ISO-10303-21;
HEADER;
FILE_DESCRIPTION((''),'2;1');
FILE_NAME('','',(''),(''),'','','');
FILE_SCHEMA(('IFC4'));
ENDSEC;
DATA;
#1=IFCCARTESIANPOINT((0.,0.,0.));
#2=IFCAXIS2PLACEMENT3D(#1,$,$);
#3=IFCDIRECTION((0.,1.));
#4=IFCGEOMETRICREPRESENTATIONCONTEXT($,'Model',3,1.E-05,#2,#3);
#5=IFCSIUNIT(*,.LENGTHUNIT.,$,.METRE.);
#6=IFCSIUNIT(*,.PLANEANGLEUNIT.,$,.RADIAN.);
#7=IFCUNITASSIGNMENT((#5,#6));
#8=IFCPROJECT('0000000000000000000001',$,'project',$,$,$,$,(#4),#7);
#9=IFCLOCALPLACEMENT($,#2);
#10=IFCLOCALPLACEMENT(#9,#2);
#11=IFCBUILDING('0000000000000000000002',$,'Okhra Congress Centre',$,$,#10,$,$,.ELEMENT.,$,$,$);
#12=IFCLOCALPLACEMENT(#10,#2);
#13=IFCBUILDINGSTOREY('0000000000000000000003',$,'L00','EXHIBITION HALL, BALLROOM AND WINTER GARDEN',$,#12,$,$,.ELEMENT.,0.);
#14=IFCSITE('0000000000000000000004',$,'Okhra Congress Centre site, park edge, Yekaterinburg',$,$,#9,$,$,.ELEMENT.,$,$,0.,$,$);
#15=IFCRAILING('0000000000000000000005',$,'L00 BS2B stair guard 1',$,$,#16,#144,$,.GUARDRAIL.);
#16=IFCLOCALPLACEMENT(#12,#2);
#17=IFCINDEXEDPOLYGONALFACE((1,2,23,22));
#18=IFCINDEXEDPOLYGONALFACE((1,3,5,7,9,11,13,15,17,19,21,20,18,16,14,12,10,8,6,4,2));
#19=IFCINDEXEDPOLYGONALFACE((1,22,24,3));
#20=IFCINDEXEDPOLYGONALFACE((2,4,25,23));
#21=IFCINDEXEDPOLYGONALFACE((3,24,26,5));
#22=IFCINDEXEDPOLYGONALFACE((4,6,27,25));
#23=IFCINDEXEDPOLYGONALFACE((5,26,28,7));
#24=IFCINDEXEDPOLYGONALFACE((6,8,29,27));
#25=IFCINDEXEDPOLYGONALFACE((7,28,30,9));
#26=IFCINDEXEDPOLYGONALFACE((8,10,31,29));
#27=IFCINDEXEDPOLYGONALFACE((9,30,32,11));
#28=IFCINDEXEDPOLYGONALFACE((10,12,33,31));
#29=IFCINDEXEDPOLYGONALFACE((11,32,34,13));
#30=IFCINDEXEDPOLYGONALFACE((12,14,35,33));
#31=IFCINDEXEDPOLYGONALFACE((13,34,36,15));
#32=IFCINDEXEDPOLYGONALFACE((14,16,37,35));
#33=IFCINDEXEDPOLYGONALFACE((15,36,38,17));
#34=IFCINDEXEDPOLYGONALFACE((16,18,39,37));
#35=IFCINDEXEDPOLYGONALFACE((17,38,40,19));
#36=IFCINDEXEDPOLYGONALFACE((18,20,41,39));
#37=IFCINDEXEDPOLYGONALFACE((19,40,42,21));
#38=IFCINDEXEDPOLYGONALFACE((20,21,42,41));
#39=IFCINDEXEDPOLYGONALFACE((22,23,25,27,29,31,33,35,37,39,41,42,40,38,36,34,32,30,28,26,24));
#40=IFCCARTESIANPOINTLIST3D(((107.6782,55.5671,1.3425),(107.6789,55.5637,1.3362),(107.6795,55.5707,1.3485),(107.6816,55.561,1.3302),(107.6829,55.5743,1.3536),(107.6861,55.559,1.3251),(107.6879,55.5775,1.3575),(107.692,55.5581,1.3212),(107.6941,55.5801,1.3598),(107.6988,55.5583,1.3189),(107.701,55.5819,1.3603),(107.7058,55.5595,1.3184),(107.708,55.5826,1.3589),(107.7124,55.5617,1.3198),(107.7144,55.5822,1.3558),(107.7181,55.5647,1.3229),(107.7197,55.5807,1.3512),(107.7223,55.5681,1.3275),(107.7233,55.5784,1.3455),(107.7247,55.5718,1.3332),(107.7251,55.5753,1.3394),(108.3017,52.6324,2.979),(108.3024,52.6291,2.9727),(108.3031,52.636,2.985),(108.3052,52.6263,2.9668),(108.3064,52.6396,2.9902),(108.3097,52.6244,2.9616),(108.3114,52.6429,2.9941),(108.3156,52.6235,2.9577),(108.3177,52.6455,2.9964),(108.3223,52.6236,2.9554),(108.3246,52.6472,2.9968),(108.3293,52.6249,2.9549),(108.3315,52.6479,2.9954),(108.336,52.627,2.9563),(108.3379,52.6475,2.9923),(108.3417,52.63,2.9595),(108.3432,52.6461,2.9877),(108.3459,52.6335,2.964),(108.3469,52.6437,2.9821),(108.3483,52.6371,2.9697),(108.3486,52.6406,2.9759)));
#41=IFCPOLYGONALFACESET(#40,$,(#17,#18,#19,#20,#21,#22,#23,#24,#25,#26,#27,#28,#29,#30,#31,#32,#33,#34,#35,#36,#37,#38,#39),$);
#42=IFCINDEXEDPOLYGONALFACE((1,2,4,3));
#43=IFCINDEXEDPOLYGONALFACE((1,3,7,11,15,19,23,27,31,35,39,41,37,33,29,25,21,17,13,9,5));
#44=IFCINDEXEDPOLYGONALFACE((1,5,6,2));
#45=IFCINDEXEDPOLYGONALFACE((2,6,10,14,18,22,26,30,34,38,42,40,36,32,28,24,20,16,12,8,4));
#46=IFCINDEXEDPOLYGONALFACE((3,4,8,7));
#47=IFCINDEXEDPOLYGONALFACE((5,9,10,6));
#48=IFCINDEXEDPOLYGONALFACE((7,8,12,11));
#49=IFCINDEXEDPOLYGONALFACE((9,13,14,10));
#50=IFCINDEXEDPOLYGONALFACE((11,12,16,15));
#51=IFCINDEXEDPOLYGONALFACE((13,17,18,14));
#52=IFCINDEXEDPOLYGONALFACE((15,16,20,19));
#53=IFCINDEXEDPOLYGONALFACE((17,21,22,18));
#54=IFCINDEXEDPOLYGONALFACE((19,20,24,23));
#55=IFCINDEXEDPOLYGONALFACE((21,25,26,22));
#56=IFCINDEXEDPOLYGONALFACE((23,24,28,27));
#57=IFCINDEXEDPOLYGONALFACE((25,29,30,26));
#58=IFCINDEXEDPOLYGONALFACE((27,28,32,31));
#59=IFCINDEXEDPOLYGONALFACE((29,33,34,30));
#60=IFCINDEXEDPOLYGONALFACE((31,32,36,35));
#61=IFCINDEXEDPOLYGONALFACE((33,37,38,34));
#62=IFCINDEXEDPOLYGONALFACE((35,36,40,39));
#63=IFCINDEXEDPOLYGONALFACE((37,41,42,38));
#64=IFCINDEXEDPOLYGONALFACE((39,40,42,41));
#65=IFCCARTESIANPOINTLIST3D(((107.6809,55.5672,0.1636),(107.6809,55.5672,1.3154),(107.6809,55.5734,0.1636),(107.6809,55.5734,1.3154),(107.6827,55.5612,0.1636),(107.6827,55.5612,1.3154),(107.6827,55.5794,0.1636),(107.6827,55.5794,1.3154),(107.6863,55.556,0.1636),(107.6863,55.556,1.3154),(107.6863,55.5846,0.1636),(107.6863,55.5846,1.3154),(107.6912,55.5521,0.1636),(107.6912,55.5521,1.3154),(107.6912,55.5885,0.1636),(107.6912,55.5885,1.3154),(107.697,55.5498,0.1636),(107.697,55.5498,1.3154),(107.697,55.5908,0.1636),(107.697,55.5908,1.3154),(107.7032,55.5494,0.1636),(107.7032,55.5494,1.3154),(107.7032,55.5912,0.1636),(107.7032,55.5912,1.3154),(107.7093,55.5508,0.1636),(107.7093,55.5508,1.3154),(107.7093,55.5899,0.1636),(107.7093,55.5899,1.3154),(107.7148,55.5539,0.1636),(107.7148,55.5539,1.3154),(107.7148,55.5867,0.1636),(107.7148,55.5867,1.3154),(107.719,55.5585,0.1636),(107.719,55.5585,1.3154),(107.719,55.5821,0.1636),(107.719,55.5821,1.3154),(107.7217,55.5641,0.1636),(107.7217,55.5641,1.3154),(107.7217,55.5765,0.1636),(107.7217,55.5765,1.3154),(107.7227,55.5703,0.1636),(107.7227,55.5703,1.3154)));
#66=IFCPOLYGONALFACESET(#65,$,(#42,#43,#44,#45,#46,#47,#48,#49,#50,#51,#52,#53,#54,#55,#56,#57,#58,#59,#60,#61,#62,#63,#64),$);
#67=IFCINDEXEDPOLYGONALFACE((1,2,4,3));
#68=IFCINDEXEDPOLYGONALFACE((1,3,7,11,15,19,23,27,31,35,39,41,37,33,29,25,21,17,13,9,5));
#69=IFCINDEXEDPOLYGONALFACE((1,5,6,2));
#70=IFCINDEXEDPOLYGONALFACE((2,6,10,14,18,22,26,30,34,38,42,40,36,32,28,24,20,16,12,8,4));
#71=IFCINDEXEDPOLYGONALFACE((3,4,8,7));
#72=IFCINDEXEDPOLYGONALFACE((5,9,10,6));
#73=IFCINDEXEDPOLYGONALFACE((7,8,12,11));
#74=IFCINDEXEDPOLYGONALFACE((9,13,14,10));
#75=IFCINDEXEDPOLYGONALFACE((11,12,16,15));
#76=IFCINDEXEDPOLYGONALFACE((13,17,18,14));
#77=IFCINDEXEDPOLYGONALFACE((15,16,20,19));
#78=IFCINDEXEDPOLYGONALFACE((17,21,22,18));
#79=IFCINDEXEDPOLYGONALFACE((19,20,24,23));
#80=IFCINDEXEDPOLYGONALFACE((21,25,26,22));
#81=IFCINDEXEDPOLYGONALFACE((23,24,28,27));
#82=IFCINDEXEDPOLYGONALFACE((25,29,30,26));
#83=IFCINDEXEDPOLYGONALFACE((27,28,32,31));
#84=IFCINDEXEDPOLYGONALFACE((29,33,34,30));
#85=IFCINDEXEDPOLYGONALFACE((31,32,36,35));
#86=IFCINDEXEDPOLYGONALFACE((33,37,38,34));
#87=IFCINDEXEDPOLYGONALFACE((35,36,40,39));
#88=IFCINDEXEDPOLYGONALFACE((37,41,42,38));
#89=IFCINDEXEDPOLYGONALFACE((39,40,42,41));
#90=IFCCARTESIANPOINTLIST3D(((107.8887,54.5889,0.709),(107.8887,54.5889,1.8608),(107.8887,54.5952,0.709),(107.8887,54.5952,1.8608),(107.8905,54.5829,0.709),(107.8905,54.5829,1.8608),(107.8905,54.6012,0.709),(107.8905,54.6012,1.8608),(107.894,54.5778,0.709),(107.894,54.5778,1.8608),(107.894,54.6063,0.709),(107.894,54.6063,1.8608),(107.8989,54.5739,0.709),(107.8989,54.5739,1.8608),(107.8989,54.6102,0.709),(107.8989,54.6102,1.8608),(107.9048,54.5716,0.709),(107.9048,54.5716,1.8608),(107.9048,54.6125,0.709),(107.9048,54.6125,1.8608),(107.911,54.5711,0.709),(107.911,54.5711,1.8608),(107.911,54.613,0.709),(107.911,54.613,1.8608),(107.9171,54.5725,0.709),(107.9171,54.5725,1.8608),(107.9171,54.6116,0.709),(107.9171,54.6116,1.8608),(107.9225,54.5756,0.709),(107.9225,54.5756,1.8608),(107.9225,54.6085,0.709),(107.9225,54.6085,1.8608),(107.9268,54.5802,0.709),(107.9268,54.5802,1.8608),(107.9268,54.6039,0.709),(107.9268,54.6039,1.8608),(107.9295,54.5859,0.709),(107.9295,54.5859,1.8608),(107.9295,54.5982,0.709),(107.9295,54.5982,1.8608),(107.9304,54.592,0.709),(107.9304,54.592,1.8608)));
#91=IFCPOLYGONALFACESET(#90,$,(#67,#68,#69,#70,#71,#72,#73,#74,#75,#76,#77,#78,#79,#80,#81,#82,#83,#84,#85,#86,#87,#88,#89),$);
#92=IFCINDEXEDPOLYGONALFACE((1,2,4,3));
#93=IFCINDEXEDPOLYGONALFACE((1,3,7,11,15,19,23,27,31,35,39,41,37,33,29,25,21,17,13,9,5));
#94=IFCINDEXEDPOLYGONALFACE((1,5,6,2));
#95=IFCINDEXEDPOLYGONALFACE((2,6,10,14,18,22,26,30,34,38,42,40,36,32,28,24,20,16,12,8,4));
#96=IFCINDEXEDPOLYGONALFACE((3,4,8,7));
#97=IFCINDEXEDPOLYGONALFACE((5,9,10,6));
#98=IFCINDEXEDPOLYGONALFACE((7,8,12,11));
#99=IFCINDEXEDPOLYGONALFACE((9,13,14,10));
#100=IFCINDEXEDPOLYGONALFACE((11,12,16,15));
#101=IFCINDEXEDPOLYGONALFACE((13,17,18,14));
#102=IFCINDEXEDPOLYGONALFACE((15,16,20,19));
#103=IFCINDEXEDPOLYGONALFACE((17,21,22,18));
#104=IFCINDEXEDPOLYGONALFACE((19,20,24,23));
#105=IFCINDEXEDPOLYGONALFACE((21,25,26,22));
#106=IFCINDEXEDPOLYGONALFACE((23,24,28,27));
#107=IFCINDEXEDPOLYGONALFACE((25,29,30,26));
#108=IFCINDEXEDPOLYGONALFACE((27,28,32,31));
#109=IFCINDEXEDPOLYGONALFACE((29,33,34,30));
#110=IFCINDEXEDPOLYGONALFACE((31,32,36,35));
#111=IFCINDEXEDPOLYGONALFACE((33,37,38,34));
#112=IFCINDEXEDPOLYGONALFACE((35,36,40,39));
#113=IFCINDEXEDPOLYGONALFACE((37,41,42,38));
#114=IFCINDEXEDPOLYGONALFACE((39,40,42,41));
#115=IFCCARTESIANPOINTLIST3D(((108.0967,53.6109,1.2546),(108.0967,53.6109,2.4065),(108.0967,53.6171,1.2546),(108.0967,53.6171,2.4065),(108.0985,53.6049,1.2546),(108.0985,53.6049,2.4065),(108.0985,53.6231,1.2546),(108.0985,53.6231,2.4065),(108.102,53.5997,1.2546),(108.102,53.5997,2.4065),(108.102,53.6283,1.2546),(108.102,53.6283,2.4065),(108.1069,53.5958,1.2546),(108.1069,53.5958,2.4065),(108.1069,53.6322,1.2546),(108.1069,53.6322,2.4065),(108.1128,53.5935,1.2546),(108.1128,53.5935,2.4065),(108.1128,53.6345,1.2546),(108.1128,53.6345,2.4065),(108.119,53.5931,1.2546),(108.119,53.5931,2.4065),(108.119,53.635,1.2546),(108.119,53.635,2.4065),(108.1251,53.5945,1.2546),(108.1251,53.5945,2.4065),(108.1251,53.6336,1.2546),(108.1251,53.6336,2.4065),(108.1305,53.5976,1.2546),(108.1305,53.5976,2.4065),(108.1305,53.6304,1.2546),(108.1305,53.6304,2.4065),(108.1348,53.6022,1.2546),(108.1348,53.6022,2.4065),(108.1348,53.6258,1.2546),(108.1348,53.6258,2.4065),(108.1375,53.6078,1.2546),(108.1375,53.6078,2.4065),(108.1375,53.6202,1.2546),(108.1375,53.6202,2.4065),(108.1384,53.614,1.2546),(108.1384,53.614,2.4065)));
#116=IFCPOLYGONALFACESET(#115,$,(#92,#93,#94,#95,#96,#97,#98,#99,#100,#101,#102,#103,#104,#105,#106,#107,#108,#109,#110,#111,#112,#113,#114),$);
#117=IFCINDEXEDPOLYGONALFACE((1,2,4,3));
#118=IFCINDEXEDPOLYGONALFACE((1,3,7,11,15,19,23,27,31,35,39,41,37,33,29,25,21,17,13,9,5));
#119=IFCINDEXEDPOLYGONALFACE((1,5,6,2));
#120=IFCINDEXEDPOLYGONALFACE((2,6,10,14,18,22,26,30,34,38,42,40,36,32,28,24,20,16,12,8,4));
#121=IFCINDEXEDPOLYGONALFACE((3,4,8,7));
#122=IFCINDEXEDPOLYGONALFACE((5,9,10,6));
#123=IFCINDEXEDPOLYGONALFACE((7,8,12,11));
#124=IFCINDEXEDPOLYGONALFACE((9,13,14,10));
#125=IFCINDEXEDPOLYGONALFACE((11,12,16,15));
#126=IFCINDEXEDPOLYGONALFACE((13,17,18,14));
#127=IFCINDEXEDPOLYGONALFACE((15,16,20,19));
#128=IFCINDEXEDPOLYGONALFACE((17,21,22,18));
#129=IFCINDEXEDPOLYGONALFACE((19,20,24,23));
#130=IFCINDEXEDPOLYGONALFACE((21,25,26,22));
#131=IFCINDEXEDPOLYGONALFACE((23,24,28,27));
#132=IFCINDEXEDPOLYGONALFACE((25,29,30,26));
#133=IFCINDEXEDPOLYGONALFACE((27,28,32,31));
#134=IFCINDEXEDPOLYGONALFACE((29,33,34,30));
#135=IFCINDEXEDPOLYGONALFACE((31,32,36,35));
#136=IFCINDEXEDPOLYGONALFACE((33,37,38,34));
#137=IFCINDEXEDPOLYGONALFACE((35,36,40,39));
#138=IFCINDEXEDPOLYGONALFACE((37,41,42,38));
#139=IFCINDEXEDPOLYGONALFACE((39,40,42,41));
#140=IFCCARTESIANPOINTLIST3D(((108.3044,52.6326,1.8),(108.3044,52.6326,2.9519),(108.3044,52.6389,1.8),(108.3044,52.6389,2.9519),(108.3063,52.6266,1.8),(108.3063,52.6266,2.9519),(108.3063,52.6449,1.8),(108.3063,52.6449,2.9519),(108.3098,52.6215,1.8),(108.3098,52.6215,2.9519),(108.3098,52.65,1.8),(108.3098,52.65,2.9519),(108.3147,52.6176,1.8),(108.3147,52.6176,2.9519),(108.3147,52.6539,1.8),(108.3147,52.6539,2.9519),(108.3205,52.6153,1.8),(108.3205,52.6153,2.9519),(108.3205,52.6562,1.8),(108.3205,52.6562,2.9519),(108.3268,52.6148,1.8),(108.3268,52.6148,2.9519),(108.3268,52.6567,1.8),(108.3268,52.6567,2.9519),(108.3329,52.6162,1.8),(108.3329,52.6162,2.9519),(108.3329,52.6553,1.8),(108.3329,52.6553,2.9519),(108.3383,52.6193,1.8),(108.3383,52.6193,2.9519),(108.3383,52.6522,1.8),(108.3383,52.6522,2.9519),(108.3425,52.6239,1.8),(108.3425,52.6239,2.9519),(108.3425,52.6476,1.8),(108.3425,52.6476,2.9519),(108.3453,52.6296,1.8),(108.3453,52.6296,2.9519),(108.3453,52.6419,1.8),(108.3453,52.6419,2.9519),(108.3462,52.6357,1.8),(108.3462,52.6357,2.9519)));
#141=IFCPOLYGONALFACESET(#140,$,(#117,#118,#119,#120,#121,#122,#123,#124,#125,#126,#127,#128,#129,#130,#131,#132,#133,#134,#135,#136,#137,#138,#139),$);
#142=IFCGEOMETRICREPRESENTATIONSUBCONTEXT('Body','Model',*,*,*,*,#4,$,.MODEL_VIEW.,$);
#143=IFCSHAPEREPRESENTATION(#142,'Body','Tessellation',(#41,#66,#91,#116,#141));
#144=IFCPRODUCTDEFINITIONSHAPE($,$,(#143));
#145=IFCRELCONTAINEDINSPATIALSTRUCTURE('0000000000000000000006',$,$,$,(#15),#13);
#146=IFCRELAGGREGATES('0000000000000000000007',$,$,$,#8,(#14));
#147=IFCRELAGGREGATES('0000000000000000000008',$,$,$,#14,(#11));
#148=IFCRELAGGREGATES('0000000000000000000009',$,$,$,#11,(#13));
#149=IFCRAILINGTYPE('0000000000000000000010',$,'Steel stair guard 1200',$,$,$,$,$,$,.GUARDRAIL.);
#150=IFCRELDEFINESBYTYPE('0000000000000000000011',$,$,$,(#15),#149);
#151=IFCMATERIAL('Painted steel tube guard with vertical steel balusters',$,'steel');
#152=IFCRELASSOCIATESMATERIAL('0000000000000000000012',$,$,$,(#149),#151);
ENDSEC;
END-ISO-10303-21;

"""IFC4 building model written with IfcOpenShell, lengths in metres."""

from ifc_helpers import new_model, si_unit, direction, frame, origin, origin_2d, place, context, subcontext, project, spatial, circle, extrude, material, type_object, element, save


model = new_model("IFC4")

# Units and contexts
model_context = context("Model", 3, precision=1e-05, world=origin(), true_north=direction((0.0, 1.0)))
body_context = subcontext(model_context, "Body", "Model", "MODEL_VIEW")
ifc_project = project(units=[si_unit("LENGTHUNIT", "METRE"), si_unit("PLANEANGLEUNIT", "RADIAN")], contexts=[model_context])

# Site, building, storey
site_placement = place(None, origin())
site = spatial("IfcSite", under=ifc_project, at=site_placement, Name="Okhra Congress Centre site, park edge, Yekaterinburg", CompositionType="ELEMENT", RefElevation=0.0)
building_placement = place(site_placement, origin())
building = spatial("IfcBuilding", under=site, at=building_placement, Name="Okhra Congress Centre", CompositionType="ELEMENT")
storey_placement = place(building_placement, origin())
storey = spatial("IfcBuildingStorey", under=building, at=storey_placement, Name="L00", Description="EXHIBITION HALL, BALLROOM AND WINTER GARDEN", CompositionType="ELEMENT", Elevation=0.0)

# Railing
ifc_material_1 = material(Name="Painted steel tube guard with vertical steel balusters", Category="steel")
railing_type_1 = type_object("IfcRailingType", Name="Steel stair guard 1200", PredefinedType="GUARDRAIL", material=ifc_material_1)
railing_1_placement = place(storey_placement, frame((107.7017, 55.5703, 0.1636)))
element("IfcRailing", 1, at=railing_1_placement, inside=storey, type_object=railing_type_1, Name="L00 BS2B stair guard 1", PredefinedType="GUARDRAIL", context=body_context, shape_type="SweptSolid", body=[
    extrude(circle(Radius=0.0239, at=origin_2d()), frame((0.0, 0.0, 1.1758), z_axis=(0.18246, -0.858717, 0.478867), x_axis=(0.978163, 0.207839, 0.0)), (0.0, 0.0, 1.0), 3.4175),
    extrude(circle(Radius=0.021, at=origin_2d()), origin(), (0.0, 0.0, 1.0), 1.1519),
    extrude(circle(Radius=0.021, at=origin_2d()), frame((0.2078, -0.9783, 0.5454)), (0.0, 0.0, 1.0), 1.1519),
    extrude(circle(Radius=0.021, at=origin_2d()), frame((0.4158, -1.9563, 1.0911)), (0.0, 0.0, 1.0), 1.1519),
    extrude(circle(Radius=0.021, at=origin_2d()), frame((0.6235, -2.9346, 1.6365)), (0.0, 0.0, 1.0), 1.1519),
])

save(model, "model.ifc")
